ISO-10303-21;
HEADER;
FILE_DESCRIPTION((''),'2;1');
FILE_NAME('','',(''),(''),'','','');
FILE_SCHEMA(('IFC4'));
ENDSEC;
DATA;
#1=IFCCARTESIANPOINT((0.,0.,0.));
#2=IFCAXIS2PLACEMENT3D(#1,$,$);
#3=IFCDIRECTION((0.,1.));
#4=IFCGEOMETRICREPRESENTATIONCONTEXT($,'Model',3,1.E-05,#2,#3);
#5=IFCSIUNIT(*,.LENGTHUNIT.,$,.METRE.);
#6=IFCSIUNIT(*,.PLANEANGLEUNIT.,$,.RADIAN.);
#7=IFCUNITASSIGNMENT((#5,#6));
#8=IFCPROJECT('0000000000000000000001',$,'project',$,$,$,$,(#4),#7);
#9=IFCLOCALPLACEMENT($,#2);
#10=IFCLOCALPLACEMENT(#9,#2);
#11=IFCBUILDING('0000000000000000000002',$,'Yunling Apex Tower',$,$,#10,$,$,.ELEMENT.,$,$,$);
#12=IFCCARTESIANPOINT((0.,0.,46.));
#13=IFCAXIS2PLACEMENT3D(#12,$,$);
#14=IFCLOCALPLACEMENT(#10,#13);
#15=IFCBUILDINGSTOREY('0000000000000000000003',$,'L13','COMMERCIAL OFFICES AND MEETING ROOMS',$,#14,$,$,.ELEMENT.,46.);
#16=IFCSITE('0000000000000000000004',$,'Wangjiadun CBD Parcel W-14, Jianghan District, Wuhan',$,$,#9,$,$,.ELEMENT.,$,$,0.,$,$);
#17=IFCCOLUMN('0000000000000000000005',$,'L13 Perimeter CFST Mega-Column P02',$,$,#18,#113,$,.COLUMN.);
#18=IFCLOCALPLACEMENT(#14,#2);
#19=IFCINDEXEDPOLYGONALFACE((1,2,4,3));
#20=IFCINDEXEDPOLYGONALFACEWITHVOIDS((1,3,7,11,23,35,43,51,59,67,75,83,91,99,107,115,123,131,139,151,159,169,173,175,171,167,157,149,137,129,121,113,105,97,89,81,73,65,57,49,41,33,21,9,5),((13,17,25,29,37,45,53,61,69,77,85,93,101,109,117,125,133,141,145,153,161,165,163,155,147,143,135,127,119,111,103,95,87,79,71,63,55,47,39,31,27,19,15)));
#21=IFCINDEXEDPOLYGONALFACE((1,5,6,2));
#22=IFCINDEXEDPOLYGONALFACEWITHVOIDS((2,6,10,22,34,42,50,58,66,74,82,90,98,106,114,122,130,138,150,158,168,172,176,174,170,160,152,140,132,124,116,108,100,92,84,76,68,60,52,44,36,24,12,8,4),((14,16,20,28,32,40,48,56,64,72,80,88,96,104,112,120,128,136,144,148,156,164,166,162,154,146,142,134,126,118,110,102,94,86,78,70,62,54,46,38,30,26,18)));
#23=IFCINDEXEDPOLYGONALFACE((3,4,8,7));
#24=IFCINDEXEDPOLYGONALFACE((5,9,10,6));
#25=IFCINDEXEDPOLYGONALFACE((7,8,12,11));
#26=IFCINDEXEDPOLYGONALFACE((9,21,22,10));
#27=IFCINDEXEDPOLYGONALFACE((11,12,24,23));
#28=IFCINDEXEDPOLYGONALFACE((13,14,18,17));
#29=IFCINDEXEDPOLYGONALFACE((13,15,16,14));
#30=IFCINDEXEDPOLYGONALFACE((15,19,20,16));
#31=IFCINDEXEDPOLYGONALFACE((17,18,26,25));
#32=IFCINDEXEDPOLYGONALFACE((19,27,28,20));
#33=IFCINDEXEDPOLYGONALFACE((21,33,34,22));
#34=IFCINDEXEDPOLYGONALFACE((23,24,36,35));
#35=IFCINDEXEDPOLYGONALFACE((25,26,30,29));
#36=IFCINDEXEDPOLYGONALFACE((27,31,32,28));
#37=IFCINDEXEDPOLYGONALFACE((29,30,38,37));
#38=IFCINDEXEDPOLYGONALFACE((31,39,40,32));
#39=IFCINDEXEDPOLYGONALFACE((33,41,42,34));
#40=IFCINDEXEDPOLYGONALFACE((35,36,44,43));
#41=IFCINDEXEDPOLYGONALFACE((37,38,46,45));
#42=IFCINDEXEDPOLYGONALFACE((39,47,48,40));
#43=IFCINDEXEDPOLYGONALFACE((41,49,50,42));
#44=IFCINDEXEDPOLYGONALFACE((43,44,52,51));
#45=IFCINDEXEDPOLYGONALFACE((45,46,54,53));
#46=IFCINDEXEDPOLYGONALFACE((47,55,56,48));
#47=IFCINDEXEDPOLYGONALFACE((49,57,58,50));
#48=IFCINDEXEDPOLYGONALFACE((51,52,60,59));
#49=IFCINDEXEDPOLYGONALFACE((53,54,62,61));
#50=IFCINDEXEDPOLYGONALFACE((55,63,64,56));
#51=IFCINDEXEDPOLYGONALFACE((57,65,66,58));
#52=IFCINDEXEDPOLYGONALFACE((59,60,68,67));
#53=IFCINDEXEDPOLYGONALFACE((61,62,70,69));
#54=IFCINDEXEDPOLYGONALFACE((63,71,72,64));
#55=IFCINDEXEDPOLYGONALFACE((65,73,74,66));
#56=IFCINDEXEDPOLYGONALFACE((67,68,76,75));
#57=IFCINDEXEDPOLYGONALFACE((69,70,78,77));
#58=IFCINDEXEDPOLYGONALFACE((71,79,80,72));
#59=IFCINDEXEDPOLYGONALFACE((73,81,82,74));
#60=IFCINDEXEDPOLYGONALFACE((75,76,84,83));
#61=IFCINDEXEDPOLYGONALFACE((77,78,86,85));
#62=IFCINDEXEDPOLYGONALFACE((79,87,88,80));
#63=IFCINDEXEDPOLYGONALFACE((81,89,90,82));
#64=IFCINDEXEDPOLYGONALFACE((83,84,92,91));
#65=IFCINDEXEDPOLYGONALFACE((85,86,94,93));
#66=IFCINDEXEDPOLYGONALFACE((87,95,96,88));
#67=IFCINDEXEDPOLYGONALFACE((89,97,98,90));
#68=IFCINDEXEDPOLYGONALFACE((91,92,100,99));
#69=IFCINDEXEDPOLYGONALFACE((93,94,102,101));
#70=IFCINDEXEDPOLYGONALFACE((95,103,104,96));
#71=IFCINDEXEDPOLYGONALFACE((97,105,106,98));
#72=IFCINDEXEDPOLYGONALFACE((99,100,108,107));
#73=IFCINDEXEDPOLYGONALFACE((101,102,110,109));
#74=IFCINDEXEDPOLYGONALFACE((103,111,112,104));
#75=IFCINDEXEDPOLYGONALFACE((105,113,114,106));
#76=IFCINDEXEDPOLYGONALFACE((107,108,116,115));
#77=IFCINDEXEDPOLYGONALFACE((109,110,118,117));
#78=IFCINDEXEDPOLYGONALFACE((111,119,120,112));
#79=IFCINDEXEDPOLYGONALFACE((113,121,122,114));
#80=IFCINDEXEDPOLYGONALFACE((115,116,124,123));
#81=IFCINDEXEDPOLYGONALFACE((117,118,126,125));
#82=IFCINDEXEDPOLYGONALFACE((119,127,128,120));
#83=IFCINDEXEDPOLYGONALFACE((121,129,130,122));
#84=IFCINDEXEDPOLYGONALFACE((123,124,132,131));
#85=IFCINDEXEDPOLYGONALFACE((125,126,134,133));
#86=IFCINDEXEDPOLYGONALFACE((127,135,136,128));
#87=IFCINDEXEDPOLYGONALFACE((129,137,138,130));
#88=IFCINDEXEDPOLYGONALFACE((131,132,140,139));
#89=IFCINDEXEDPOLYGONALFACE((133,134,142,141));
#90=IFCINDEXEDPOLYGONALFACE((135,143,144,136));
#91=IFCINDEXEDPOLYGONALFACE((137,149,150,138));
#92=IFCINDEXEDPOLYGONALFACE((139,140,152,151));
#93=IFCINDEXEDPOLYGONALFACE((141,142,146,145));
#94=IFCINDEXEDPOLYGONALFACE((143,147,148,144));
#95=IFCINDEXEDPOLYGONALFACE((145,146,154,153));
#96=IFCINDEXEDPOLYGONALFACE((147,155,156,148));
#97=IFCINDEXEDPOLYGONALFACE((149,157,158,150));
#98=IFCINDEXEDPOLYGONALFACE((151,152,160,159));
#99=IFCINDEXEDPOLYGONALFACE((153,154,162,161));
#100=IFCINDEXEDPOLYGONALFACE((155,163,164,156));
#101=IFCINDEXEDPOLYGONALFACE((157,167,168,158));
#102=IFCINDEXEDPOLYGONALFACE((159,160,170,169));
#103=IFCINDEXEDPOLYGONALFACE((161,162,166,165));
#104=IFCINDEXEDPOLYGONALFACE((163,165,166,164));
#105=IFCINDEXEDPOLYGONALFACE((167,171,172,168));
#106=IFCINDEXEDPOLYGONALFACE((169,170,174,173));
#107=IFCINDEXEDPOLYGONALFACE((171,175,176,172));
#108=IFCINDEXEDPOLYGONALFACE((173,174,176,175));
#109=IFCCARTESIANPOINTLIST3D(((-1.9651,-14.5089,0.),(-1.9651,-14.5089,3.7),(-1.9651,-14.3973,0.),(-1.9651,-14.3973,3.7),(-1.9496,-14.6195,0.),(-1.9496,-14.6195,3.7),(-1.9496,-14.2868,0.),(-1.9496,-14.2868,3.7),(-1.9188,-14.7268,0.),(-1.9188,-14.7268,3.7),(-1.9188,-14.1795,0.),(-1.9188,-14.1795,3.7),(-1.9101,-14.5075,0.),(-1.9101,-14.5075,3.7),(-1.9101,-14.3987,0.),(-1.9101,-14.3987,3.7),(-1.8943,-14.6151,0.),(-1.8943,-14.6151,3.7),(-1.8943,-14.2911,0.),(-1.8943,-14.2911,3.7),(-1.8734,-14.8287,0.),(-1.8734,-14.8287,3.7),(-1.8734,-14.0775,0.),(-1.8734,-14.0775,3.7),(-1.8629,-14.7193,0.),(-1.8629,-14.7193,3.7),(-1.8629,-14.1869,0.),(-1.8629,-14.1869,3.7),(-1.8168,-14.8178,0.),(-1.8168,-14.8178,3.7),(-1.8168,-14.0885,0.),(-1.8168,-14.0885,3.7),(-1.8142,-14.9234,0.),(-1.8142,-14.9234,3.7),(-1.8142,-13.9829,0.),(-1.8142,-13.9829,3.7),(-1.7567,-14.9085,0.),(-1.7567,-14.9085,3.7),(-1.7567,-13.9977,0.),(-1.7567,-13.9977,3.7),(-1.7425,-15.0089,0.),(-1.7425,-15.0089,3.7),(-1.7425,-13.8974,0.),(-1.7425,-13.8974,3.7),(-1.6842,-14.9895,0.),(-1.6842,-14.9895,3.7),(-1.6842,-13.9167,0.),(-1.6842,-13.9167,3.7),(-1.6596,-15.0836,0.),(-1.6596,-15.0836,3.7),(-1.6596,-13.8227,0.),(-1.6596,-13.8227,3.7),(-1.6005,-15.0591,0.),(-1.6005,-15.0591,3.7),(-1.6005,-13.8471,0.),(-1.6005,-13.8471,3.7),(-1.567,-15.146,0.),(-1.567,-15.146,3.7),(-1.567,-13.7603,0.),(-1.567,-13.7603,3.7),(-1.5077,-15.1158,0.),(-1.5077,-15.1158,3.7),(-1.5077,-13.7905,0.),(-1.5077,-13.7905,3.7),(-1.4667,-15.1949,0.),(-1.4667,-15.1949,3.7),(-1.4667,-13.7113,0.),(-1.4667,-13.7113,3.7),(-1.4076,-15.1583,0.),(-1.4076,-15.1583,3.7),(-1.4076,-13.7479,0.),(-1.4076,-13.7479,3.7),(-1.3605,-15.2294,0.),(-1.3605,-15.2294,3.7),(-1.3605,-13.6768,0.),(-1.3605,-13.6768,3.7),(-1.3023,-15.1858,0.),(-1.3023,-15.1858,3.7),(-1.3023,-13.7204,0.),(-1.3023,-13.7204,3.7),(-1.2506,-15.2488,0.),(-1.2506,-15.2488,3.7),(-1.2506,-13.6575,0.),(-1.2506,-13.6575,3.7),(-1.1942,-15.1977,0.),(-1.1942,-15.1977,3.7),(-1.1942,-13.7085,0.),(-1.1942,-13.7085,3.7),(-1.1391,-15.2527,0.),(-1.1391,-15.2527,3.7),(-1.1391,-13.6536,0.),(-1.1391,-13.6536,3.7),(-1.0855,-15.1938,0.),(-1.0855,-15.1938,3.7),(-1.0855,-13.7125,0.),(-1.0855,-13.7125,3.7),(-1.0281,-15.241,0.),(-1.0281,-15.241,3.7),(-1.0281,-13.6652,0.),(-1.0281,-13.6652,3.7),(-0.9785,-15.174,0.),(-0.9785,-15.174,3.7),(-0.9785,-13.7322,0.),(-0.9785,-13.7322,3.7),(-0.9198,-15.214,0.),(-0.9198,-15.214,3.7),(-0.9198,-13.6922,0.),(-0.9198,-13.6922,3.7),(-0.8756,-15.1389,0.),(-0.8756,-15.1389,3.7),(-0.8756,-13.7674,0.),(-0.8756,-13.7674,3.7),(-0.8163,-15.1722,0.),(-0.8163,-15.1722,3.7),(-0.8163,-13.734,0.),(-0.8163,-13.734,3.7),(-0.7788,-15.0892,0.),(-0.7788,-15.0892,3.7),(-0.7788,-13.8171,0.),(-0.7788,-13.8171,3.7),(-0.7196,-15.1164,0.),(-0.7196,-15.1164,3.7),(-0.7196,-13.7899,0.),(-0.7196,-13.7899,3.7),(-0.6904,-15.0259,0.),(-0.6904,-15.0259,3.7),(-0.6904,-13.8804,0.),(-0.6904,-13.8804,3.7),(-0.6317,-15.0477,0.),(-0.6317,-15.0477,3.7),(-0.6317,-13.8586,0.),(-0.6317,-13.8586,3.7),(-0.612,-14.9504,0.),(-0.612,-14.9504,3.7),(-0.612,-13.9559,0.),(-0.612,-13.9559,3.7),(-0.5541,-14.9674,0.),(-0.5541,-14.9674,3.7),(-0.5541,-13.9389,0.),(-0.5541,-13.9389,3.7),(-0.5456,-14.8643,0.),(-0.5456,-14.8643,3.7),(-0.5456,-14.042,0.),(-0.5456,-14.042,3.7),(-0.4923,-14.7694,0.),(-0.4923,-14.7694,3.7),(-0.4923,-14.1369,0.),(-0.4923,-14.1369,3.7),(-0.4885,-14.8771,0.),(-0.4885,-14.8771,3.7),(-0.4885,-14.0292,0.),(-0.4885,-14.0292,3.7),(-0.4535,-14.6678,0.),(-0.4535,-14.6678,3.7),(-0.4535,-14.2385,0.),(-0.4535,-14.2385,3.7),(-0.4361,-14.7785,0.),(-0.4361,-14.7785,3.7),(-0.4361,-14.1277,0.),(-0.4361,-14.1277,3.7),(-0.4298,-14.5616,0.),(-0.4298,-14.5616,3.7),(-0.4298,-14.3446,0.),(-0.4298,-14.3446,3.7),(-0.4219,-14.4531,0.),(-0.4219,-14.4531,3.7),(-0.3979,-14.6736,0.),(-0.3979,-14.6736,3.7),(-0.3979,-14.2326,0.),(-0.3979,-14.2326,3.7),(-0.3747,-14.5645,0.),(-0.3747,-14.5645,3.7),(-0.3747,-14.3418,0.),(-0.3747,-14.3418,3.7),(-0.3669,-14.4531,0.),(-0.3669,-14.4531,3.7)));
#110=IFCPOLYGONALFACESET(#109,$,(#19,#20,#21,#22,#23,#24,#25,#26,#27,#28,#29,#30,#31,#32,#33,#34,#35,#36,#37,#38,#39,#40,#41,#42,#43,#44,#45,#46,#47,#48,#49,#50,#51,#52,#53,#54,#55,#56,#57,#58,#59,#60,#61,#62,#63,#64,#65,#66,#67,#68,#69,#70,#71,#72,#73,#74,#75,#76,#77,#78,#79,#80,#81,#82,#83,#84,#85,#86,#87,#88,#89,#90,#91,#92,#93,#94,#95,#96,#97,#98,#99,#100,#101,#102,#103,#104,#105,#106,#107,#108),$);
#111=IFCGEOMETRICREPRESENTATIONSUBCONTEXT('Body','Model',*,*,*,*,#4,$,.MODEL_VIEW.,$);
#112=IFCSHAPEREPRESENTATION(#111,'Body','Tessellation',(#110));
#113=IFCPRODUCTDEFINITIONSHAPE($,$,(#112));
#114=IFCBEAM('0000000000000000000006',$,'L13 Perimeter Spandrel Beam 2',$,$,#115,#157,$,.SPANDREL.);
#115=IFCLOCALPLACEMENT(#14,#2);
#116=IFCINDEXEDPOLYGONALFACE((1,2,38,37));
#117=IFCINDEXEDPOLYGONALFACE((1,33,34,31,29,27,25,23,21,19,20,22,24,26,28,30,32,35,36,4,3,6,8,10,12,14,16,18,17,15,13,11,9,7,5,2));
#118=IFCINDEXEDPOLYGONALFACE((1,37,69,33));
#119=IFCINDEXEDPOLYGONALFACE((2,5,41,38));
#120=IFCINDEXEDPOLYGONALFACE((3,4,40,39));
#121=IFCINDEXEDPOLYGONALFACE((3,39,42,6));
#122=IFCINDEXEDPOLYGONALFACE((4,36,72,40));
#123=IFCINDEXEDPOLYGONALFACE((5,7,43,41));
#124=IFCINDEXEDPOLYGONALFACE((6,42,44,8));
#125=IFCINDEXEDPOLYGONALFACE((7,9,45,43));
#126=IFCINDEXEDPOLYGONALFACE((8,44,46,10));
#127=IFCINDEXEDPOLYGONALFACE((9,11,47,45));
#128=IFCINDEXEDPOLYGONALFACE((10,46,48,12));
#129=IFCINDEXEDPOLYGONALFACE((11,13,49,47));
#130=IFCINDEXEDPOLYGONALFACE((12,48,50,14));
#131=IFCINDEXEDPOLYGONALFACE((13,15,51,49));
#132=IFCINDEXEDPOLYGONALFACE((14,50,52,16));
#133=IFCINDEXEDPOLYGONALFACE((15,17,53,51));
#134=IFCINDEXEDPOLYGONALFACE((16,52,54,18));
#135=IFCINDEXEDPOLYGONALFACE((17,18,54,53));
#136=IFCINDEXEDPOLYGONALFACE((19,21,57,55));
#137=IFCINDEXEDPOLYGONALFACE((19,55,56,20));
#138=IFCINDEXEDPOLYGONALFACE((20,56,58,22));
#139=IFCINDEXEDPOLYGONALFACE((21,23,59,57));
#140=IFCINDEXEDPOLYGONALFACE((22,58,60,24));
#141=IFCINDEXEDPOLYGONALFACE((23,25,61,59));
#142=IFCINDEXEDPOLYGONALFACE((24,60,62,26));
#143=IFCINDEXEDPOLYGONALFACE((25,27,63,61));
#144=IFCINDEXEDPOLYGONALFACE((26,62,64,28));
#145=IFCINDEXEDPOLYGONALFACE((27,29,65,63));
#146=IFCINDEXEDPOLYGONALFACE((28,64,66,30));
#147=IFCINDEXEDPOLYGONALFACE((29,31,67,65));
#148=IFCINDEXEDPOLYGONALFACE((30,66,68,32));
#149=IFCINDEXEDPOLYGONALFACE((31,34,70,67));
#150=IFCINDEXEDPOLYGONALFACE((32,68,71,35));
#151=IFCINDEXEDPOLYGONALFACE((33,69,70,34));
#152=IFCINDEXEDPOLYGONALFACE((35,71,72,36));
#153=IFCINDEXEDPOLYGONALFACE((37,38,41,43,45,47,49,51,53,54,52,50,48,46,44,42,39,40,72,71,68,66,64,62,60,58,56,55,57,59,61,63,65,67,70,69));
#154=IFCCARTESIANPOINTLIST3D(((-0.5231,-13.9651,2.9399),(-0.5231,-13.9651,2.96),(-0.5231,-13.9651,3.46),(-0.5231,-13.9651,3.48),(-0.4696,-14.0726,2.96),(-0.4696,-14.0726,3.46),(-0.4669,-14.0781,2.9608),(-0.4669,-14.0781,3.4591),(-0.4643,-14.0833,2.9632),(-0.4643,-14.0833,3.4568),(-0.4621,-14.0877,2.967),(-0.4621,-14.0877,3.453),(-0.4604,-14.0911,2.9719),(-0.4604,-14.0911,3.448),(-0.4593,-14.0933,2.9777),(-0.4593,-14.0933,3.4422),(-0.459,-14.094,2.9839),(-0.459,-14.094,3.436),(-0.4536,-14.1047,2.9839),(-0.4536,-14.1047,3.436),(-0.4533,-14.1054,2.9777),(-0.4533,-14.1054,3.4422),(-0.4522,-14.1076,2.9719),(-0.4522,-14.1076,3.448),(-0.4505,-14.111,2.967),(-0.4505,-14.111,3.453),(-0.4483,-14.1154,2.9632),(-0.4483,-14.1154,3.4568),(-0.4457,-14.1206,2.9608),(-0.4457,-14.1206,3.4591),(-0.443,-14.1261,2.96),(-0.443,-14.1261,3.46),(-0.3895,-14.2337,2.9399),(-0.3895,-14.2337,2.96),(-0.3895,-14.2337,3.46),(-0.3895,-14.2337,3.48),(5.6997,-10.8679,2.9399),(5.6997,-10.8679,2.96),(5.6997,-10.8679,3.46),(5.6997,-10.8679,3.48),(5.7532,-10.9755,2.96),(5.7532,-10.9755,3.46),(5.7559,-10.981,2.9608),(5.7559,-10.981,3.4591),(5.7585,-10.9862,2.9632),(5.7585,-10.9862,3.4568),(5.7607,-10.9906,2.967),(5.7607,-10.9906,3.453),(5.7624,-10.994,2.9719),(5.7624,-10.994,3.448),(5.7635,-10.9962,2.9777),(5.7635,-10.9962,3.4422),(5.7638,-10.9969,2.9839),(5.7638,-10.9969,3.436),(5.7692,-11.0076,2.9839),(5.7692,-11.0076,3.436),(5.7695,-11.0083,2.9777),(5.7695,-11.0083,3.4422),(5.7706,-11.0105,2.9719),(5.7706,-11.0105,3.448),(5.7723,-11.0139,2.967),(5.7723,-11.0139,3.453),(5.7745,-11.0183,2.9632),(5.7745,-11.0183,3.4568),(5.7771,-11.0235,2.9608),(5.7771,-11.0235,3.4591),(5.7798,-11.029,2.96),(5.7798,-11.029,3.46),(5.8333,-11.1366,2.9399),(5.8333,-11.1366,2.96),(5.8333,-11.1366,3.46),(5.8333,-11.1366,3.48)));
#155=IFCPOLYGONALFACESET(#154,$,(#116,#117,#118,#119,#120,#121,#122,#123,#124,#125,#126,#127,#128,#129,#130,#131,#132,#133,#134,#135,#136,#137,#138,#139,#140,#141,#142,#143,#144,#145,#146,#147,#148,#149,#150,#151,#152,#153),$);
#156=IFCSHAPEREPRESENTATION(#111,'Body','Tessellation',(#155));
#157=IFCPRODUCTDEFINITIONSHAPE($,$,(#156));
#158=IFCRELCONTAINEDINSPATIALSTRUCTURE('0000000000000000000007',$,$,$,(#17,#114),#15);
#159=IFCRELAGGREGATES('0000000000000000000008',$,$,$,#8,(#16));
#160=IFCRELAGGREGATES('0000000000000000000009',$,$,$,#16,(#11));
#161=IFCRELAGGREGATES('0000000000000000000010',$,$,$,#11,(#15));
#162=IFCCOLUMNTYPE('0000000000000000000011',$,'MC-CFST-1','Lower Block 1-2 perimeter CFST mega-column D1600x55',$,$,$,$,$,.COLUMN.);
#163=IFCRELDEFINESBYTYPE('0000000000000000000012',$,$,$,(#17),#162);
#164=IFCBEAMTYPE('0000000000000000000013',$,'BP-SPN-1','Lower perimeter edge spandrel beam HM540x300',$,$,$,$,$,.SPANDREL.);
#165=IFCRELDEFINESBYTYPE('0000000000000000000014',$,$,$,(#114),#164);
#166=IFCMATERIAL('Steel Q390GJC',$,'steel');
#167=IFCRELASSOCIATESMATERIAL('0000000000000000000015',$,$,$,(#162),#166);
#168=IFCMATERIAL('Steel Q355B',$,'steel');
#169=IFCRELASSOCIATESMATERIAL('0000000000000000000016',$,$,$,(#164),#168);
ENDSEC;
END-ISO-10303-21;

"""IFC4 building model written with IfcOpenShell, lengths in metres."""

from ifc_helpers import new_model, si_unit, direction, frame, origin, origin_2d, place, context, subcontext, project, spatial, hollow_circle, i_section, extrude, source, transform, mapped, material, material_profile, profile_set, type_object, element, save


model = new_model("IFC4")

# Units and contexts
model_context = context("Model", 3, precision=1e-05, world=origin(), true_north=direction((0.0, 1.0)))
body_context = subcontext(model_context, "Body", "Model", "MODEL_VIEW")
ifc_project = project(units=[si_unit("LENGTHUNIT", "METRE"), si_unit("PLANEANGLEUNIT", "RADIAN")], contexts=[model_context])

# Site, building, storey
site_placement = place(None, origin())
site = spatial("IfcSite", under=ifc_project, at=site_placement, Name="Wangjiadun CBD Parcel W-14, Jianghan District, Wuhan", CompositionType="ELEMENT", RefElevation=0.0)
building_placement = place(site_placement, origin())
building = spatial("IfcBuilding", under=site, at=building_placement, Name="Yunling Apex Tower", CompositionType="ELEMENT")
storey_placement = place(building_placement, frame((0.0, 0.0, 46.0)))
storey = spatial("IfcBuildingStorey", under=building, at=storey_placement, Name="L13", Description="COMMERCIAL OFFICES AND MEETING ROOMS", CompositionType="ELEMENT", Elevation=46.0)

# Column
ifc_material_1 = material(Name="Steel Q390GJC", Category="steel")
ifc_material_profile_1 = material_profile(ifc_material_1, hollow_circle(Radius=0.8, WallThickness=0.0549, at=origin_2d()))
ifc_profile_set_1 = profile_set([ifc_material_profile_1], Name="Steel Q390GJC")
column_type = type_object("IfcColumnType", Name="MC-CFST-1", Description="Lower Block 1-2 perimeter CFST mega-column D1600x55", PredefinedType="COLUMN", material=ifc_profile_set_1)
shared_shape_1 = source(origin(), body_context, "Body", "SweptSolid", [
    extrude(hollow_circle(Radius=0.8, WallThickness=0.0549, at=origin_2d()), origin(), (0.0, 0.0, 1.0), 3.7),
])
column_placement = place(storey_placement, frame((-1.167, -14.4531, 0.0), z_axis=(0.0, 0.0, 1.0), x_axis=(1.0, 0.0, 0.0)))
element("IfcColumn", 1, at=column_placement, inside=storey, type_object=column_type, Name="L13 Perimeter CFST Mega-Column P02", PredefinedType="COLUMN", context=body_context, shape_type="MappedRepresentation", body=[
    mapped(shared_shape_1, transform((0.0, 0.0, 0.0), scale=1.0)),
])

# Beam
ifc_material_2 = material(Name="Steel Q355B", Category="steel")
ifc_material_profile_2 = material_profile(ifc_material_2, i_section(OverallWidth=0.3, OverallDepth=0.54, WebThickness=0.012, FlangeThickness=0.02, FilletRadius=0.0239, at=origin_2d()))
ifc_profile_set_2 = profile_set([ifc_material_profile_2], Name="Steel Q355B")
beam_type_1 = type_object("IfcBeamType", Name="BP-SPN-1", Description="Lower perimeter edge spandrel beam HM540x300", PredefinedType="SPANDREL", material=ifc_profile_set_2)
shared_shape_2 = source(origin(), body_context, "Body", "SweptSolid", [
    extrude(i_section(OverallWidth=0.3, OverallDepth=0.54, WebThickness=0.012, FlangeThickness=0.02, FilletRadius=0.0239, at=origin_2d()), origin(), (0.0, 0.0, 1.0), 6.9509),
])
beam_1_placement = place(storey_placement, frame((-0.4563, -14.0994, 3.21), z_axis=(0.895248, 0.445569, 0.0), x_axis=(-0.445569, 0.895248, 0.0)))
element("IfcBeam", 2, at=beam_1_placement, inside=storey, type_object=beam_type_1, Name="L13 Perimeter Spandrel Beam 2", PredefinedType="SPANDREL", context=body_context, shape_type="MappedRepresentation", body=[
    mapped(shared_shape_2, transform((0.0, 0.0, 0.0), scale=1.0)),
])

save(model, "model.ifc")
